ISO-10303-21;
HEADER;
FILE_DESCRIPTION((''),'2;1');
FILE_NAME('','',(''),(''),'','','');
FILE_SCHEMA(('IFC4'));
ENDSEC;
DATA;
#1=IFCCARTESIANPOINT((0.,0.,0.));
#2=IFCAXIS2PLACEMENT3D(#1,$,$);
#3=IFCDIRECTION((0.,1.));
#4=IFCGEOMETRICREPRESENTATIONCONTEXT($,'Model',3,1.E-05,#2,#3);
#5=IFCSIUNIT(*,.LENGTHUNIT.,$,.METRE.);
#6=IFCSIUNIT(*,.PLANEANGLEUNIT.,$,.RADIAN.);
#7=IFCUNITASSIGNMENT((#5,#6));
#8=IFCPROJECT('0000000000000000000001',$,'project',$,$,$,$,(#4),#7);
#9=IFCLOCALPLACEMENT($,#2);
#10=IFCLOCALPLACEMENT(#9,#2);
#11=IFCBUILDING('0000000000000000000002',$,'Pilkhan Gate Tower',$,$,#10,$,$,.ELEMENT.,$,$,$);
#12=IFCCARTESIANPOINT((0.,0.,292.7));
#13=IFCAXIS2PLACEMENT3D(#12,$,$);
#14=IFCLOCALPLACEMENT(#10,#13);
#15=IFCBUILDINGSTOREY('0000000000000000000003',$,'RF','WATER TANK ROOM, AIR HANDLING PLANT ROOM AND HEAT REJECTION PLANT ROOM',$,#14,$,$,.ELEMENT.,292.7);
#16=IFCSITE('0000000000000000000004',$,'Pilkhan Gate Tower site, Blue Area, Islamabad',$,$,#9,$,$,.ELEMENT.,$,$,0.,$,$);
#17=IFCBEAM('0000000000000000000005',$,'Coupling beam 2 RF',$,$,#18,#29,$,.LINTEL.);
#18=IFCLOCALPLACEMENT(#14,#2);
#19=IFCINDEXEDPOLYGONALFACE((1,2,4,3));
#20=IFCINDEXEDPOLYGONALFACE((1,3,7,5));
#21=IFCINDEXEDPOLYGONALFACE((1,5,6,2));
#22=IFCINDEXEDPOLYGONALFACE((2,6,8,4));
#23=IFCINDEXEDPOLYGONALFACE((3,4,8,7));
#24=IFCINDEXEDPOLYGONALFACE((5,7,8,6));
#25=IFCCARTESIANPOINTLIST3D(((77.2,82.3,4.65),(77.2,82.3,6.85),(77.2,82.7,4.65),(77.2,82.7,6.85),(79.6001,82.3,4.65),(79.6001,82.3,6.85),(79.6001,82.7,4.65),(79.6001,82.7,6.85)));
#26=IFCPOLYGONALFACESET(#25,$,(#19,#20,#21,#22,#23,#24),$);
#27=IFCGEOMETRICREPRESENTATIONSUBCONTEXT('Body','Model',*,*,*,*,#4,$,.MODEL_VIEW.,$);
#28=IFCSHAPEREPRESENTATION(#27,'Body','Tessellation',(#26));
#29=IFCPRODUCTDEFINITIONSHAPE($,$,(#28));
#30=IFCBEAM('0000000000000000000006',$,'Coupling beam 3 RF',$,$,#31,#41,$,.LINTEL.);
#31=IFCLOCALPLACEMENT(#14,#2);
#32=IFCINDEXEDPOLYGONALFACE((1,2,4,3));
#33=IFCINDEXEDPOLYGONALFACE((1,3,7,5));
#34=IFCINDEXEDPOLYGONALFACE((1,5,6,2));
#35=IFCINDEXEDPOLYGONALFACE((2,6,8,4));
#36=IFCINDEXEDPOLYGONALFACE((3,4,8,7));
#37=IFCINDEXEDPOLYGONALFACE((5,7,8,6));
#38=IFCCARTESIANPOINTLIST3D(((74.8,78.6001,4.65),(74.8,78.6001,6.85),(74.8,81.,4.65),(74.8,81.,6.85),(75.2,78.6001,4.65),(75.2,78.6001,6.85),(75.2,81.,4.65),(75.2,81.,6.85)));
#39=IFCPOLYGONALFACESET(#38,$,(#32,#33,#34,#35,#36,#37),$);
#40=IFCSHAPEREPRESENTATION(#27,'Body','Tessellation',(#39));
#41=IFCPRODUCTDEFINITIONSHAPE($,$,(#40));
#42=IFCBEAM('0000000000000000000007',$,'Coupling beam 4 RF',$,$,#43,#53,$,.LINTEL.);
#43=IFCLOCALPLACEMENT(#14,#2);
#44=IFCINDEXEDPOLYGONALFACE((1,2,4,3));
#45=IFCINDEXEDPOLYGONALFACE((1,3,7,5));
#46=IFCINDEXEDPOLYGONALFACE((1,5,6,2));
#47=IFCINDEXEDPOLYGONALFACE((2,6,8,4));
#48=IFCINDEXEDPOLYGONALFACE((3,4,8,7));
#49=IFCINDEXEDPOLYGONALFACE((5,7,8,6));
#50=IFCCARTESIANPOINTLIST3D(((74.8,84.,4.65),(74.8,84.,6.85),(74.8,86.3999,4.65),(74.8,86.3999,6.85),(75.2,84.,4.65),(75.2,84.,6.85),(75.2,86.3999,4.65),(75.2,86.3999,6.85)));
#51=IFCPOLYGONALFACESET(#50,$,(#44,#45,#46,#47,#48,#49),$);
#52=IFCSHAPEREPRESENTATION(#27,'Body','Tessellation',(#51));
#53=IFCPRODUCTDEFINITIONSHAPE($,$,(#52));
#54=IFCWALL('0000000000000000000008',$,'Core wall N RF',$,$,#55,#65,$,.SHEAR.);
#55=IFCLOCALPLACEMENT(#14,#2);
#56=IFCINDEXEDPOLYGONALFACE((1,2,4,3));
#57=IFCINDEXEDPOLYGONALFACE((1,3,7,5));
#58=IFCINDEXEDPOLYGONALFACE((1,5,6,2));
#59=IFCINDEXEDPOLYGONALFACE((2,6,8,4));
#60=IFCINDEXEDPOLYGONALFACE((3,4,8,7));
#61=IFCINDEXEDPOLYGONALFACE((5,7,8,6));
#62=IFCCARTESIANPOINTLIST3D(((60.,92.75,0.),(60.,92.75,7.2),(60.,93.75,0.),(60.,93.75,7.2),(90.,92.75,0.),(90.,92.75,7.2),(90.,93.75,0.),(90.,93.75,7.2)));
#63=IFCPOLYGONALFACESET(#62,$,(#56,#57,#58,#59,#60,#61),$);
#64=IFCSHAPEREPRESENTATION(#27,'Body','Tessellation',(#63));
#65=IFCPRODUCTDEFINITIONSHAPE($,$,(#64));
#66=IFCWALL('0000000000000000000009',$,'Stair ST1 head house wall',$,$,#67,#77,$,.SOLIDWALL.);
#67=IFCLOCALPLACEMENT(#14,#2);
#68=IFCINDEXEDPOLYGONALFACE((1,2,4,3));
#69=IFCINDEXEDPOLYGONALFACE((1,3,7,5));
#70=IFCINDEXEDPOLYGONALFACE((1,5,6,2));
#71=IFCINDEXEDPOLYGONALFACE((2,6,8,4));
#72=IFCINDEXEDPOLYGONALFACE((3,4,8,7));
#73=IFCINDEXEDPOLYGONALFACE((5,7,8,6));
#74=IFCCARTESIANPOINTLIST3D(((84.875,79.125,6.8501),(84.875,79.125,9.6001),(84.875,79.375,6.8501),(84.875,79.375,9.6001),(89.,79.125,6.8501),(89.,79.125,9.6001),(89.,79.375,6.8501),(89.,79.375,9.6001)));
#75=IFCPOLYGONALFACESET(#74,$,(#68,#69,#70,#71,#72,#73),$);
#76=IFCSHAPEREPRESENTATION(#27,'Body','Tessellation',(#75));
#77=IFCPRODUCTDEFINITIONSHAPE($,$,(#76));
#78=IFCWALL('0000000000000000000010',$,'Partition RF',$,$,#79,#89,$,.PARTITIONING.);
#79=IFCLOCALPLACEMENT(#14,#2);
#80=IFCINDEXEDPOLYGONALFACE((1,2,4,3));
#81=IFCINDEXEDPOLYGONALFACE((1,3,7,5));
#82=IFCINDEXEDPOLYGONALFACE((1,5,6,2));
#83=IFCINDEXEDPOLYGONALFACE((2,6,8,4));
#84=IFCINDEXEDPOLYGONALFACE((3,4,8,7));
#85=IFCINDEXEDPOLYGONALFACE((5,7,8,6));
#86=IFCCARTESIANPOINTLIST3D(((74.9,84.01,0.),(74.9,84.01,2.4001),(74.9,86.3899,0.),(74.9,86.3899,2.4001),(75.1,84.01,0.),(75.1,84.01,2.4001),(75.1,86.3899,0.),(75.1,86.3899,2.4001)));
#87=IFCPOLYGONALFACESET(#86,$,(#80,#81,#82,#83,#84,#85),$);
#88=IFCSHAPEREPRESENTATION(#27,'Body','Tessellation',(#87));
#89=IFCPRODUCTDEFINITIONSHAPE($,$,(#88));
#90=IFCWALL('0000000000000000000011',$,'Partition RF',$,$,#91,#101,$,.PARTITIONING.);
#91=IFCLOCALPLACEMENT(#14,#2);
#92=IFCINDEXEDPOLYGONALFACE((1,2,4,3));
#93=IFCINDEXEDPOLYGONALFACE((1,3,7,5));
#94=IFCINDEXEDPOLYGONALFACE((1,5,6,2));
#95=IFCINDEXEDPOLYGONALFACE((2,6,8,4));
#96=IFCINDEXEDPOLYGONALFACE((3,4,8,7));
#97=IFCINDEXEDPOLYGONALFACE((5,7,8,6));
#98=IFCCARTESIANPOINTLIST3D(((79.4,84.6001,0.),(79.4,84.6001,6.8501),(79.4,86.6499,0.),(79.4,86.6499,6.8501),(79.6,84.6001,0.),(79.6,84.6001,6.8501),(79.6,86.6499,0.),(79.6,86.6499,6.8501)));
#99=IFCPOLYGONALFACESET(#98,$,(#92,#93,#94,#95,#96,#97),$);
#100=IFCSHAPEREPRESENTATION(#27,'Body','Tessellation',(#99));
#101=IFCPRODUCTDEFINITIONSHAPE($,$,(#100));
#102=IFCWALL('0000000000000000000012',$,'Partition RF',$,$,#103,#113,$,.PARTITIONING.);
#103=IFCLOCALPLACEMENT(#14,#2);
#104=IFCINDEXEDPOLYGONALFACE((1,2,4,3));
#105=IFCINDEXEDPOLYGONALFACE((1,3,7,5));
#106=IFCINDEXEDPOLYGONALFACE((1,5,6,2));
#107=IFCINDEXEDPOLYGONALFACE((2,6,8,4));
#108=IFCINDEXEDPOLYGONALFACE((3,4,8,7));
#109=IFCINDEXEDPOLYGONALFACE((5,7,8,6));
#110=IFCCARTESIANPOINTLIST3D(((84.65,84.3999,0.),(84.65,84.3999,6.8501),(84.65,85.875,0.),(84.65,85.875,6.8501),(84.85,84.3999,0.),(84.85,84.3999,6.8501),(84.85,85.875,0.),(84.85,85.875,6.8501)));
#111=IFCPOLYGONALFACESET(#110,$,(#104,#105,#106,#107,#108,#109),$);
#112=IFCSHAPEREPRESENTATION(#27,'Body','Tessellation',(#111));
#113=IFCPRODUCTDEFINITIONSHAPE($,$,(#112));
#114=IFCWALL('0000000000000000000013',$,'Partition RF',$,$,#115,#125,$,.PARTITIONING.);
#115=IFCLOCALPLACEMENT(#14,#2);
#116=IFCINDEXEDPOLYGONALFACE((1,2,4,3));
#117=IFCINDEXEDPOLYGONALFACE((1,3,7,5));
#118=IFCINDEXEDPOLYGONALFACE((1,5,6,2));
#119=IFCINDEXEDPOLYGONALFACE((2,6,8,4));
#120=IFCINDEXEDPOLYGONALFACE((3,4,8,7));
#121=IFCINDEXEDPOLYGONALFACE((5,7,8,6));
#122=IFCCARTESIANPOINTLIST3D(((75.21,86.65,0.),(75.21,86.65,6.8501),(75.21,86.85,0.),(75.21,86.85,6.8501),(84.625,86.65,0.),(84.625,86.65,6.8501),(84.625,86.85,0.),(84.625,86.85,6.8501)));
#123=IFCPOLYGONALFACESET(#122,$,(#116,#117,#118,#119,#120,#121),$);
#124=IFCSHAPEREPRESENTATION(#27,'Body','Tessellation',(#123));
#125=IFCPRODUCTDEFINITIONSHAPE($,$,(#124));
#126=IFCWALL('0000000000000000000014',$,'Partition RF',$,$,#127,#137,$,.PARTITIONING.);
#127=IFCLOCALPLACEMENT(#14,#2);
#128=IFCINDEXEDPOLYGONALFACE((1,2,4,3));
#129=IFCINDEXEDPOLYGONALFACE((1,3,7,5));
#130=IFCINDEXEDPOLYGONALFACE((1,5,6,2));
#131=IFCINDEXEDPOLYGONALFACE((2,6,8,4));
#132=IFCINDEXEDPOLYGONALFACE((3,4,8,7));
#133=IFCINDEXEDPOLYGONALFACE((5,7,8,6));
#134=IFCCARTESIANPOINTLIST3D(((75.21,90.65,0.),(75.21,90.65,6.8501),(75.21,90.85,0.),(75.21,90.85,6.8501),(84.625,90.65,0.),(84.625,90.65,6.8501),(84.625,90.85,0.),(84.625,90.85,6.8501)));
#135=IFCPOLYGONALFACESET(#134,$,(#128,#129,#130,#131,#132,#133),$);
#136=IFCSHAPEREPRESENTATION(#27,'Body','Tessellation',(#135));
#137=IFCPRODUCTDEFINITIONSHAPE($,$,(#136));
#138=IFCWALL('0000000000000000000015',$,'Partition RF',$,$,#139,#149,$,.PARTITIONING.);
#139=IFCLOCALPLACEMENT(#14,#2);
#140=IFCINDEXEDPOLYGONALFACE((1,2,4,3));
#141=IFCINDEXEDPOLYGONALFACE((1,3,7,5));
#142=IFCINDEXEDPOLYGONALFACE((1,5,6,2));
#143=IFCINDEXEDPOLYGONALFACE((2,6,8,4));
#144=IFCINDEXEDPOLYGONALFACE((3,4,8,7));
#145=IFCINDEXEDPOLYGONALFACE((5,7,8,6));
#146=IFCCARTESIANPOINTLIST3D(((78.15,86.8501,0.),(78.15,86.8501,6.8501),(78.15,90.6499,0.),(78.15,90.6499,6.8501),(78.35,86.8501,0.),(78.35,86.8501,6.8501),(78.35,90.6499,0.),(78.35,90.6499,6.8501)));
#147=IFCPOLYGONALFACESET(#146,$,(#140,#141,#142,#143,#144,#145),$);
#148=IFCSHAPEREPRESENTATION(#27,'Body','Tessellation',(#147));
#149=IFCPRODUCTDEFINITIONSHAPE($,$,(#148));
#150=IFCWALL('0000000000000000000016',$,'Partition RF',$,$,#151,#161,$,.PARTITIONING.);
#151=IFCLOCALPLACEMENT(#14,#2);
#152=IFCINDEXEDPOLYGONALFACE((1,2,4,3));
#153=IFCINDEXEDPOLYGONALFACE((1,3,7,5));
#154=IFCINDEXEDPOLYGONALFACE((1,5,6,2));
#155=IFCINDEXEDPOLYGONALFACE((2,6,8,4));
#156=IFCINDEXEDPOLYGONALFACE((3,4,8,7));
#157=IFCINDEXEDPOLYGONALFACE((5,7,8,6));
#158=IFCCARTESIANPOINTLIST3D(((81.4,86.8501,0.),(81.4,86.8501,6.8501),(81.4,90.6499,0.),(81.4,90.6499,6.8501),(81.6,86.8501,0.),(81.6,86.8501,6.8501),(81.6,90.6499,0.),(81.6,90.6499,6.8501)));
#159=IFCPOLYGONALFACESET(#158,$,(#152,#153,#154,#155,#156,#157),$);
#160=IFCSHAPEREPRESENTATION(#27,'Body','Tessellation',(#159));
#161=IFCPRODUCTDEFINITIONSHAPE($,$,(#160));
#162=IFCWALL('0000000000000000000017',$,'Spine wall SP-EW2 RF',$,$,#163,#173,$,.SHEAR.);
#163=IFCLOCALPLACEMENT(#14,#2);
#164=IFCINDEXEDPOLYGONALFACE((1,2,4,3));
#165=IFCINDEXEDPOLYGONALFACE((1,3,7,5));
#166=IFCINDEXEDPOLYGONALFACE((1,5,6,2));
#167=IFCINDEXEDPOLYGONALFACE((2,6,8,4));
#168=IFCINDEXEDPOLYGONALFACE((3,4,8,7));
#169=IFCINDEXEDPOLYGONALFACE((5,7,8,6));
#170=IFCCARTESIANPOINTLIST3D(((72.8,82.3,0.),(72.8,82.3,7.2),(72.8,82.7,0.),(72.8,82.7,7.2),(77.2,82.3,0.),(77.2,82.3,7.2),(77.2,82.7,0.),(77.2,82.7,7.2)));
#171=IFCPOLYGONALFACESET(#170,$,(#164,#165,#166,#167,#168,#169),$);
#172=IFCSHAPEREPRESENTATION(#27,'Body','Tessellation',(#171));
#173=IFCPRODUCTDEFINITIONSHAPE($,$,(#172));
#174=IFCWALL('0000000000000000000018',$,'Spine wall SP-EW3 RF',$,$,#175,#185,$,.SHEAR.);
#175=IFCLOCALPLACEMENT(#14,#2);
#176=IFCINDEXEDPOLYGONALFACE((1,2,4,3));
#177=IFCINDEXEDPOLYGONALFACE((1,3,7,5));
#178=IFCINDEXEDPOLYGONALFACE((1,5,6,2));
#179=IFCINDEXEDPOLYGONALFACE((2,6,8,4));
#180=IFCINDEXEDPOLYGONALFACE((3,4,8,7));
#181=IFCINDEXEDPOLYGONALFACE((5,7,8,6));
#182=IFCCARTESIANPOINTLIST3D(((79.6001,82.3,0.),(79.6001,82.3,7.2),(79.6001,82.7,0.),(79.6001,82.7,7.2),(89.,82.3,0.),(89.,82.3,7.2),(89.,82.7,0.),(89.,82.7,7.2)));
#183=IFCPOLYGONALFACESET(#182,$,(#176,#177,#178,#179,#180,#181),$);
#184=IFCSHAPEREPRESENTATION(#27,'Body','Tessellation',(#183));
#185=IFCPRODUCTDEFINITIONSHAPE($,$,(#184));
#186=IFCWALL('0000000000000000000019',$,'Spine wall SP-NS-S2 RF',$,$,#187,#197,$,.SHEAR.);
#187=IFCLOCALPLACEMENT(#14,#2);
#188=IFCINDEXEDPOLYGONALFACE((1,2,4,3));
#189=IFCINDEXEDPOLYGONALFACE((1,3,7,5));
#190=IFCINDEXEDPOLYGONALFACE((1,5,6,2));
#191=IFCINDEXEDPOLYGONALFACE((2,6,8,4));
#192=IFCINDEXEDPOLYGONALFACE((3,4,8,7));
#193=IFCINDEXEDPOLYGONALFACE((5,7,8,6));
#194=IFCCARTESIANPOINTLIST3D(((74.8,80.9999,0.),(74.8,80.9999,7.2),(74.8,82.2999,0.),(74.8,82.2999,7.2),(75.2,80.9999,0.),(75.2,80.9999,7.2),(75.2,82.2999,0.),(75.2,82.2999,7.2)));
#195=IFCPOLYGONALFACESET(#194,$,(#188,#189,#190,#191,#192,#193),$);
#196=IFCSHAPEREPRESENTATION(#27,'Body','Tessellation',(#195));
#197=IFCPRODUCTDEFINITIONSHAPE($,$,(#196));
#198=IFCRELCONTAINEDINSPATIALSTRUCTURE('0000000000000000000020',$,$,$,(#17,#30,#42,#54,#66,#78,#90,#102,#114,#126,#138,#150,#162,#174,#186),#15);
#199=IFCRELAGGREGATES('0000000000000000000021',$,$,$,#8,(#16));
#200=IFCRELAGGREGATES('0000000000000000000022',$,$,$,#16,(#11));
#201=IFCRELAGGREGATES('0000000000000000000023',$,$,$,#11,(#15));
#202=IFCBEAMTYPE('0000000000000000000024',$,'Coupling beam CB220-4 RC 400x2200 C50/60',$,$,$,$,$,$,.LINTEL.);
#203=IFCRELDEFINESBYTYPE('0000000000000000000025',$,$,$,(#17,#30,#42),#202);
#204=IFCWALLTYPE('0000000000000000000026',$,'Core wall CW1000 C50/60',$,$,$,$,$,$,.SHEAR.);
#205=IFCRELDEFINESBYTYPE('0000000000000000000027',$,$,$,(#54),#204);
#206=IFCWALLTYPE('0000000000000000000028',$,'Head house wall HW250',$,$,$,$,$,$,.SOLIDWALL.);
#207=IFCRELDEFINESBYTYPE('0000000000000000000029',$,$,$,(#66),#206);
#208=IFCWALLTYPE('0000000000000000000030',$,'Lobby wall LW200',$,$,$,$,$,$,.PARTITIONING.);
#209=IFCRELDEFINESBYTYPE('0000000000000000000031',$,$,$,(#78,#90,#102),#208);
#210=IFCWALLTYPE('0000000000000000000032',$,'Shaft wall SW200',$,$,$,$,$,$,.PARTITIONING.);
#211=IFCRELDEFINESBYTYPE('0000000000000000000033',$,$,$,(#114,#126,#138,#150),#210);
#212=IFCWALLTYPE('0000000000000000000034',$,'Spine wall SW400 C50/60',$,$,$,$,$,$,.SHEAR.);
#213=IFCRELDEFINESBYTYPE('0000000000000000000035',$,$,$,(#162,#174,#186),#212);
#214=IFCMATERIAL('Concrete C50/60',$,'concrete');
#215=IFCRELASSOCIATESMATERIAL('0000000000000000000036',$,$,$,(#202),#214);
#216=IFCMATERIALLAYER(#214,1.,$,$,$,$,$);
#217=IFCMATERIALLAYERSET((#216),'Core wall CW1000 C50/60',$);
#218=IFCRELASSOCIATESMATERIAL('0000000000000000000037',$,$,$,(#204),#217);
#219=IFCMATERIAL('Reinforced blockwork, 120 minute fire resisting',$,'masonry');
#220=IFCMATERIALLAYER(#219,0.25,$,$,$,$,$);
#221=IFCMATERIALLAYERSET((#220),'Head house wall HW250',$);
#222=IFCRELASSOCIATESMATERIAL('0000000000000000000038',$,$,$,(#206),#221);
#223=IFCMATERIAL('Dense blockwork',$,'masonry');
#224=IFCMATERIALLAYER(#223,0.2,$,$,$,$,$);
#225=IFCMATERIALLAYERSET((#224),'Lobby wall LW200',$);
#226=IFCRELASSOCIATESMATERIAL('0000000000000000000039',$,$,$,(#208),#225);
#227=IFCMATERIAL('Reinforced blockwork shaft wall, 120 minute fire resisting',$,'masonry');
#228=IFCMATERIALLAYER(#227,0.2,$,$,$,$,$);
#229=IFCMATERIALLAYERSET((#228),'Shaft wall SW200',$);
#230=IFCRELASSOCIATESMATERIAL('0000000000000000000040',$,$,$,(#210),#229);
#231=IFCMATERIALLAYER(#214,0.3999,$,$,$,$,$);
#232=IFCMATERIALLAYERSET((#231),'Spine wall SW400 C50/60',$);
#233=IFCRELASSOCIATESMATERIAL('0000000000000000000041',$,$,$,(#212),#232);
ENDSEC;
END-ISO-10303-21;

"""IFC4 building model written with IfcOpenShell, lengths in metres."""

from ifc_helpers import new_model, si_unit, direction, frame, frame_2d, origin, origin_2d, place, context, subcontext, project, spatial, rectangle, extrude, material, layer, layer_set, material_profile, profile_set, type_object, element, save


model = new_model("IFC4")

# Units and contexts
model_context = context("Model", 3, precision=1e-05, world=origin(), true_north=direction((0.0, 1.0)))
body_context = subcontext(model_context, "Body", "Model", "MODEL_VIEW")
ifc_project = project(units=[si_unit("LENGTHUNIT", "METRE"), si_unit("PLANEANGLEUNIT", "RADIAN")], contexts=[model_context])

# Site, building, storey
site_placement = place(None, origin())
site = spatial("IfcSite", under=ifc_project, at=site_placement, Name="Pilkhan Gate Tower site, Blue Area, Islamabad", CompositionType="ELEMENT", RefElevation=0.0)
building_placement = place(site_placement, origin())
building = spatial("IfcBuilding", under=site, at=building_placement, Name="Pilkhan Gate Tower", CompositionType="ELEMENT")
storey_placement = place(building_placement, frame((0.0, 0.0, 292.7)))
storey = spatial("IfcBuildingStorey", under=building, at=storey_placement, Name="RF", Description="WATER TANK ROOM, AIR HANDLING PLANT ROOM AND HEAT REJECTION PLANT ROOM", CompositionType="ELEMENT", Elevation=292.7)

# Beams
ifc_material_1 = material(Name="Concrete C50/60", Category="concrete")
ifc_material_profile = material_profile(ifc_material_1, rectangle(XDim=0.3999, YDim=2.2, at=origin_2d()), Name="RC 400x2200")
ifc_profile_set = profile_set([ifc_material_profile], Name="Concrete C50/60")
beam_type = type_object("IfcBeamType", Name="Coupling beam CB220-4 RC 400x2200 C50/60", PredefinedType="LINTEL", material=ifc_profile_set)
beam_placement = place(storey_placement, frame((77.2, 82.5, 5.75), z_axis=(1.0, 0.0, 0.0), x_axis=(0.0, 1.0, 0.0)))
element("IfcBeam", 1, at=beam_placement, inside=storey, type_object=beam_type, Name="Coupling beam 2 RF", PredefinedType="LINTEL", context=body_context, shape_type="SweptSolid", body=[
    extrude(rectangle(XDim=0.3999, YDim=2.2, at=origin_2d()), origin(), (0.0, 0.0, 1.0), 2.4001),
])
for number, where, z_axis, x_axis, name in (
    (2, (75.0, 78.6001, 5.75), (0.0, 1.0, 0.0), (-1.0, 0.0, 0.0), "Coupling beam 3 RF"),
    (3, (75.0, 84.0, 5.75), (0.0, 1.0, 0.0), (-1.0, 0.0, 0.0), "Coupling beam 4 RF"),
):
    element("IfcBeam", number, at=place(storey_placement, frame(where, z_axis=z_axis, x_axis=x_axis)), inside=storey, type_object=beam_type, Name=name, PredefinedType="LINTEL", context=body_context, shape_type="SweptSolid", body=[
        extrude(rectangle(XDim=0.3999, YDim=2.2, at=origin_2d()), origin(), (0.0, 0.0, 1.0), 2.3999),
    ])

# Walls
ifc_layer_1 = layer(ifc_material_1, 1.0)
ifc_layer_set_1 = layer_set([ifc_layer_1], Name="Core wall CW1000 C50/60")
wall_type_1 = type_object("IfcWallType", Name="Core wall CW1000 C50/60", PredefinedType="SHEAR", material=ifc_layer_set_1)
wall_1_placement = place(storey_placement, frame((90.0, 93.25, 0.0), z_axis=(0.0, 0.0, 1.0), x_axis=(-1.0, 0.0, 0.0)))
element("IfcWall", 4, at=wall_1_placement, inside=storey, type_object=wall_type_1, Name="Core wall N RF", PredefinedType="SHEAR", context=body_context, shape_type="SweptSolid", body=[
    extrude(rectangle(XDim=30.0, YDim=1.0, at=frame_2d((15.0, 0.0))), origin(), (0.0, 0.0, 1.0), 7.2),
])
ifc_material_2 = material(Name="Reinforced blockwork, 120 minute fire resisting", Category="masonry")
ifc_layer_2 = layer(ifc_material_2, 0.25)
ifc_layer_set_2 = layer_set([ifc_layer_2], Name="Head house wall HW250")
wall_type_2 = type_object("IfcWallType", Name="Head house wall HW250", PredefinedType="SOLIDWALL", material=ifc_layer_set_2)
wall_2_placement = place(storey_placement, frame((84.875, 79.25, 6.8501), z_axis=(0.0, 0.0, 1.0), x_axis=(1.0, 0.0, 0.0)))
element("IfcWall", 5, at=wall_2_placement, inside=storey, type_object=wall_type_2, Name="Stair ST1 head house wall", PredefinedType="SOLIDWALL", context=body_context, shape_type="SweptSolid", body=[
    extrude(rectangle(XDim=4.125, YDim=0.25, at=frame_2d((2.0625, 0.0))), origin(), (0.0, 0.0, 1.0), 2.75),
])

# Shared definitions
ifc_material_3 = material(Name="Dense blockwork", Category="masonry")
ifc_layer_3 = layer(ifc_material_3, 0.2)
ifc_layer_set_3 = layer_set([ifc_layer_3], Name="Lobby wall LW200")
wall_type_3 = type_object("IfcWallType", Name="Lobby wall LW200", PredefinedType="PARTITIONING", material=ifc_layer_set_3)

# Walls
wall_3_placement = place(storey_placement, frame((75.0, 84.01, 0.0), z_axis=(0.0, 0.0, 1.0), x_axis=(0.0, 1.0, 0.0)))
element("IfcWall", 6, at=wall_3_placement, inside=storey, type_object=wall_type_3, Name="Partition RF", PredefinedType="PARTITIONING", context=body_context, shape_type="SweptSolid", body=[
    extrude(rectangle(XDim=2.3799, YDim=0.2, at=frame_2d((1.1899, 0.0))), origin(), (0.0, 0.0, 1.0), 2.4001),
])
wall_4_placement = place(storey_placement, frame((79.5, 84.6001, 0.0), z_axis=(0.0, 0.0, 1.0), x_axis=(0.0, 1.0, 0.0)))
element("IfcWall", 7, at=wall_4_placement, inside=storey, type_object=wall_type_3, Name="Partition RF", PredefinedType="PARTITIONING", context=body_context, shape_type="SweptSolid", body=[
    extrude(rectangle(XDim=2.0498, YDim=0.2, at=frame_2d((1.0249, 0.0))), origin(), (0.0, 0.0, 1.0), 6.8501),
])
wall_5_placement = place(storey_placement, frame((84.75, 84.3999, 0.0), z_axis=(0.0, 0.0, 1.0), x_axis=(0.0, 1.0, 0.0)))
element("IfcWall", 8, at=wall_5_placement, inside=storey, type_object=wall_type_3, Name="Partition RF", PredefinedType="PARTITIONING", context=body_context, shape_type="SweptSolid", body=[
    extrude(rectangle(XDim=1.4751, YDim=0.2, at=frame_2d((0.7375, 0.0))), origin(), (0.0, 0.0, 1.0), 6.8501),
])
ifc_material_4 = material(Name="Reinforced blockwork shaft wall, 120 minute fire resisting", Category="masonry")
ifc_layer_4 = layer(ifc_material_4, 0.2)
ifc_layer_set_4 = layer_set([ifc_layer_4], Name="Shaft wall SW200")
wall_type_4 = type_object("IfcWallType", Name="Shaft wall SW200", PredefinedType="PARTITIONING", material=ifc_layer_set_4)
for number, where, z_axis, x_axis, name in (
    (9, (75.21, 86.75, 0.0), (0.0, 0.0, 1.0), (1.0, 0.0, 0.0), "Partition RF"),
    (10, (75.21, 90.75, 0.0), (0.0, 0.0, 1.0), (1.0, 0.0, 0.0), "Partition RF"),
):
    element("IfcWall", number, at=place(storey_placement, frame(where, z_axis=z_axis, x_axis=x_axis)), inside=storey, type_object=wall_type_4, Name=name, PredefinedType="PARTITIONING", context=body_context, shape_type="SweptSolid", body=[
        extrude(rectangle(XDim=9.415, YDim=0.2, at=frame_2d((4.7075, 0.0))), origin(), (0.0, 0.0, 1.0), 6.8501),
    ])
for number, where, z_axis, x_axis, name in (
    (11, (78.25, 86.8501, 0.0), (0.0, 0.0, 1.0), (0.0, 1.0, 0.0), "Partition RF"),
    (12, (81.5, 86.8501, 0.0), (0.0, 0.0, 1.0), (0.0, 1.0, 0.0), "Partition RF"),
):
    element("IfcWall", number, at=place(storey_placement, frame(where, z_axis=z_axis, x_axis=x_axis)), inside=storey, type_object=wall_type_4, Name=name, PredefinedType="PARTITIONING", context=body_context, shape_type="SweptSolid", body=[
        extrude(rectangle(XDim=3.7998, YDim=0.2, at=frame_2d((1.8999, 0.0))), origin(), (0.0, 0.0, 1.0), 6.8501),
    ])
ifc_layer_5 = layer(ifc_material_1, 0.3999)
ifc_layer_set_5 = layer_set([ifc_layer_5], Name="Spine wall SW400 C50/60")
wall_type_5 = type_object("IfcWallType", Name="Spine wall SW400 C50/60", PredefinedType="SHEAR", material=ifc_layer_set_5)
wall_6_placement = place(storey_placement, frame((72.8, 82.5, 0.0), z_axis=(0.0, 0.0, 1.0), x_axis=(1.0, 0.0, 0.0)))
element("IfcWall", 13, at=wall_6_placement, inside=storey, type_object=wall_type_5, Name="Spine wall SP-EW2 RF", PredefinedType="SHEAR", context=body_context, shape_type="SweptSolid", body=[
    extrude(rectangle(XDim=4.3999, YDim=0.3999, at=frame_2d((2.2, 0.0))), origin(), (0.0, 0.0, 1.0), 7.2),
])
wall_7_placement = place(storey_placement, frame((79.6001, 82.5, 0.0), z_axis=(0.0, 0.0, 1.0), x_axis=(1.0, 0.0, 0.0)))
element("IfcWall", 14, at=wall_7_placement, inside=storey, type_object=wall_type_5, Name="Spine wall SP-EW3 RF", PredefinedType="SHEAR", context=body_context, shape_type="SweptSolid", body=[
    extrude(rectangle(XDim=9.3999, YDim=0.3999, at=frame_2d((4.7, 0.0))), origin(), (0.0, 0.0, 1.0), 7.2),
])
for number, where, z_axis, x_axis, name in (
    (15, (75.0, 81.0, 0.0), (0.0, 0.0, 1.0), (0.0, 1.0, 0.0), "Spine wall SP-NS-S2 RF"),
):
    element("IfcWall", number, at=place(storey_placement, frame(where, z_axis=z_axis, x_axis=x_axis)), inside=storey, type_object=wall_type_5, Name=name, PredefinedType="SHEAR", context=body_context, shape_type="SweptSolid", body=[
        extrude(rectangle(XDim=1.3, YDim=0.3999, at=frame_2d((0.6499, 0.0))), origin(), (0.0, 0.0, 1.0), 7.2),
    ])

save(model, "model.ifc")
